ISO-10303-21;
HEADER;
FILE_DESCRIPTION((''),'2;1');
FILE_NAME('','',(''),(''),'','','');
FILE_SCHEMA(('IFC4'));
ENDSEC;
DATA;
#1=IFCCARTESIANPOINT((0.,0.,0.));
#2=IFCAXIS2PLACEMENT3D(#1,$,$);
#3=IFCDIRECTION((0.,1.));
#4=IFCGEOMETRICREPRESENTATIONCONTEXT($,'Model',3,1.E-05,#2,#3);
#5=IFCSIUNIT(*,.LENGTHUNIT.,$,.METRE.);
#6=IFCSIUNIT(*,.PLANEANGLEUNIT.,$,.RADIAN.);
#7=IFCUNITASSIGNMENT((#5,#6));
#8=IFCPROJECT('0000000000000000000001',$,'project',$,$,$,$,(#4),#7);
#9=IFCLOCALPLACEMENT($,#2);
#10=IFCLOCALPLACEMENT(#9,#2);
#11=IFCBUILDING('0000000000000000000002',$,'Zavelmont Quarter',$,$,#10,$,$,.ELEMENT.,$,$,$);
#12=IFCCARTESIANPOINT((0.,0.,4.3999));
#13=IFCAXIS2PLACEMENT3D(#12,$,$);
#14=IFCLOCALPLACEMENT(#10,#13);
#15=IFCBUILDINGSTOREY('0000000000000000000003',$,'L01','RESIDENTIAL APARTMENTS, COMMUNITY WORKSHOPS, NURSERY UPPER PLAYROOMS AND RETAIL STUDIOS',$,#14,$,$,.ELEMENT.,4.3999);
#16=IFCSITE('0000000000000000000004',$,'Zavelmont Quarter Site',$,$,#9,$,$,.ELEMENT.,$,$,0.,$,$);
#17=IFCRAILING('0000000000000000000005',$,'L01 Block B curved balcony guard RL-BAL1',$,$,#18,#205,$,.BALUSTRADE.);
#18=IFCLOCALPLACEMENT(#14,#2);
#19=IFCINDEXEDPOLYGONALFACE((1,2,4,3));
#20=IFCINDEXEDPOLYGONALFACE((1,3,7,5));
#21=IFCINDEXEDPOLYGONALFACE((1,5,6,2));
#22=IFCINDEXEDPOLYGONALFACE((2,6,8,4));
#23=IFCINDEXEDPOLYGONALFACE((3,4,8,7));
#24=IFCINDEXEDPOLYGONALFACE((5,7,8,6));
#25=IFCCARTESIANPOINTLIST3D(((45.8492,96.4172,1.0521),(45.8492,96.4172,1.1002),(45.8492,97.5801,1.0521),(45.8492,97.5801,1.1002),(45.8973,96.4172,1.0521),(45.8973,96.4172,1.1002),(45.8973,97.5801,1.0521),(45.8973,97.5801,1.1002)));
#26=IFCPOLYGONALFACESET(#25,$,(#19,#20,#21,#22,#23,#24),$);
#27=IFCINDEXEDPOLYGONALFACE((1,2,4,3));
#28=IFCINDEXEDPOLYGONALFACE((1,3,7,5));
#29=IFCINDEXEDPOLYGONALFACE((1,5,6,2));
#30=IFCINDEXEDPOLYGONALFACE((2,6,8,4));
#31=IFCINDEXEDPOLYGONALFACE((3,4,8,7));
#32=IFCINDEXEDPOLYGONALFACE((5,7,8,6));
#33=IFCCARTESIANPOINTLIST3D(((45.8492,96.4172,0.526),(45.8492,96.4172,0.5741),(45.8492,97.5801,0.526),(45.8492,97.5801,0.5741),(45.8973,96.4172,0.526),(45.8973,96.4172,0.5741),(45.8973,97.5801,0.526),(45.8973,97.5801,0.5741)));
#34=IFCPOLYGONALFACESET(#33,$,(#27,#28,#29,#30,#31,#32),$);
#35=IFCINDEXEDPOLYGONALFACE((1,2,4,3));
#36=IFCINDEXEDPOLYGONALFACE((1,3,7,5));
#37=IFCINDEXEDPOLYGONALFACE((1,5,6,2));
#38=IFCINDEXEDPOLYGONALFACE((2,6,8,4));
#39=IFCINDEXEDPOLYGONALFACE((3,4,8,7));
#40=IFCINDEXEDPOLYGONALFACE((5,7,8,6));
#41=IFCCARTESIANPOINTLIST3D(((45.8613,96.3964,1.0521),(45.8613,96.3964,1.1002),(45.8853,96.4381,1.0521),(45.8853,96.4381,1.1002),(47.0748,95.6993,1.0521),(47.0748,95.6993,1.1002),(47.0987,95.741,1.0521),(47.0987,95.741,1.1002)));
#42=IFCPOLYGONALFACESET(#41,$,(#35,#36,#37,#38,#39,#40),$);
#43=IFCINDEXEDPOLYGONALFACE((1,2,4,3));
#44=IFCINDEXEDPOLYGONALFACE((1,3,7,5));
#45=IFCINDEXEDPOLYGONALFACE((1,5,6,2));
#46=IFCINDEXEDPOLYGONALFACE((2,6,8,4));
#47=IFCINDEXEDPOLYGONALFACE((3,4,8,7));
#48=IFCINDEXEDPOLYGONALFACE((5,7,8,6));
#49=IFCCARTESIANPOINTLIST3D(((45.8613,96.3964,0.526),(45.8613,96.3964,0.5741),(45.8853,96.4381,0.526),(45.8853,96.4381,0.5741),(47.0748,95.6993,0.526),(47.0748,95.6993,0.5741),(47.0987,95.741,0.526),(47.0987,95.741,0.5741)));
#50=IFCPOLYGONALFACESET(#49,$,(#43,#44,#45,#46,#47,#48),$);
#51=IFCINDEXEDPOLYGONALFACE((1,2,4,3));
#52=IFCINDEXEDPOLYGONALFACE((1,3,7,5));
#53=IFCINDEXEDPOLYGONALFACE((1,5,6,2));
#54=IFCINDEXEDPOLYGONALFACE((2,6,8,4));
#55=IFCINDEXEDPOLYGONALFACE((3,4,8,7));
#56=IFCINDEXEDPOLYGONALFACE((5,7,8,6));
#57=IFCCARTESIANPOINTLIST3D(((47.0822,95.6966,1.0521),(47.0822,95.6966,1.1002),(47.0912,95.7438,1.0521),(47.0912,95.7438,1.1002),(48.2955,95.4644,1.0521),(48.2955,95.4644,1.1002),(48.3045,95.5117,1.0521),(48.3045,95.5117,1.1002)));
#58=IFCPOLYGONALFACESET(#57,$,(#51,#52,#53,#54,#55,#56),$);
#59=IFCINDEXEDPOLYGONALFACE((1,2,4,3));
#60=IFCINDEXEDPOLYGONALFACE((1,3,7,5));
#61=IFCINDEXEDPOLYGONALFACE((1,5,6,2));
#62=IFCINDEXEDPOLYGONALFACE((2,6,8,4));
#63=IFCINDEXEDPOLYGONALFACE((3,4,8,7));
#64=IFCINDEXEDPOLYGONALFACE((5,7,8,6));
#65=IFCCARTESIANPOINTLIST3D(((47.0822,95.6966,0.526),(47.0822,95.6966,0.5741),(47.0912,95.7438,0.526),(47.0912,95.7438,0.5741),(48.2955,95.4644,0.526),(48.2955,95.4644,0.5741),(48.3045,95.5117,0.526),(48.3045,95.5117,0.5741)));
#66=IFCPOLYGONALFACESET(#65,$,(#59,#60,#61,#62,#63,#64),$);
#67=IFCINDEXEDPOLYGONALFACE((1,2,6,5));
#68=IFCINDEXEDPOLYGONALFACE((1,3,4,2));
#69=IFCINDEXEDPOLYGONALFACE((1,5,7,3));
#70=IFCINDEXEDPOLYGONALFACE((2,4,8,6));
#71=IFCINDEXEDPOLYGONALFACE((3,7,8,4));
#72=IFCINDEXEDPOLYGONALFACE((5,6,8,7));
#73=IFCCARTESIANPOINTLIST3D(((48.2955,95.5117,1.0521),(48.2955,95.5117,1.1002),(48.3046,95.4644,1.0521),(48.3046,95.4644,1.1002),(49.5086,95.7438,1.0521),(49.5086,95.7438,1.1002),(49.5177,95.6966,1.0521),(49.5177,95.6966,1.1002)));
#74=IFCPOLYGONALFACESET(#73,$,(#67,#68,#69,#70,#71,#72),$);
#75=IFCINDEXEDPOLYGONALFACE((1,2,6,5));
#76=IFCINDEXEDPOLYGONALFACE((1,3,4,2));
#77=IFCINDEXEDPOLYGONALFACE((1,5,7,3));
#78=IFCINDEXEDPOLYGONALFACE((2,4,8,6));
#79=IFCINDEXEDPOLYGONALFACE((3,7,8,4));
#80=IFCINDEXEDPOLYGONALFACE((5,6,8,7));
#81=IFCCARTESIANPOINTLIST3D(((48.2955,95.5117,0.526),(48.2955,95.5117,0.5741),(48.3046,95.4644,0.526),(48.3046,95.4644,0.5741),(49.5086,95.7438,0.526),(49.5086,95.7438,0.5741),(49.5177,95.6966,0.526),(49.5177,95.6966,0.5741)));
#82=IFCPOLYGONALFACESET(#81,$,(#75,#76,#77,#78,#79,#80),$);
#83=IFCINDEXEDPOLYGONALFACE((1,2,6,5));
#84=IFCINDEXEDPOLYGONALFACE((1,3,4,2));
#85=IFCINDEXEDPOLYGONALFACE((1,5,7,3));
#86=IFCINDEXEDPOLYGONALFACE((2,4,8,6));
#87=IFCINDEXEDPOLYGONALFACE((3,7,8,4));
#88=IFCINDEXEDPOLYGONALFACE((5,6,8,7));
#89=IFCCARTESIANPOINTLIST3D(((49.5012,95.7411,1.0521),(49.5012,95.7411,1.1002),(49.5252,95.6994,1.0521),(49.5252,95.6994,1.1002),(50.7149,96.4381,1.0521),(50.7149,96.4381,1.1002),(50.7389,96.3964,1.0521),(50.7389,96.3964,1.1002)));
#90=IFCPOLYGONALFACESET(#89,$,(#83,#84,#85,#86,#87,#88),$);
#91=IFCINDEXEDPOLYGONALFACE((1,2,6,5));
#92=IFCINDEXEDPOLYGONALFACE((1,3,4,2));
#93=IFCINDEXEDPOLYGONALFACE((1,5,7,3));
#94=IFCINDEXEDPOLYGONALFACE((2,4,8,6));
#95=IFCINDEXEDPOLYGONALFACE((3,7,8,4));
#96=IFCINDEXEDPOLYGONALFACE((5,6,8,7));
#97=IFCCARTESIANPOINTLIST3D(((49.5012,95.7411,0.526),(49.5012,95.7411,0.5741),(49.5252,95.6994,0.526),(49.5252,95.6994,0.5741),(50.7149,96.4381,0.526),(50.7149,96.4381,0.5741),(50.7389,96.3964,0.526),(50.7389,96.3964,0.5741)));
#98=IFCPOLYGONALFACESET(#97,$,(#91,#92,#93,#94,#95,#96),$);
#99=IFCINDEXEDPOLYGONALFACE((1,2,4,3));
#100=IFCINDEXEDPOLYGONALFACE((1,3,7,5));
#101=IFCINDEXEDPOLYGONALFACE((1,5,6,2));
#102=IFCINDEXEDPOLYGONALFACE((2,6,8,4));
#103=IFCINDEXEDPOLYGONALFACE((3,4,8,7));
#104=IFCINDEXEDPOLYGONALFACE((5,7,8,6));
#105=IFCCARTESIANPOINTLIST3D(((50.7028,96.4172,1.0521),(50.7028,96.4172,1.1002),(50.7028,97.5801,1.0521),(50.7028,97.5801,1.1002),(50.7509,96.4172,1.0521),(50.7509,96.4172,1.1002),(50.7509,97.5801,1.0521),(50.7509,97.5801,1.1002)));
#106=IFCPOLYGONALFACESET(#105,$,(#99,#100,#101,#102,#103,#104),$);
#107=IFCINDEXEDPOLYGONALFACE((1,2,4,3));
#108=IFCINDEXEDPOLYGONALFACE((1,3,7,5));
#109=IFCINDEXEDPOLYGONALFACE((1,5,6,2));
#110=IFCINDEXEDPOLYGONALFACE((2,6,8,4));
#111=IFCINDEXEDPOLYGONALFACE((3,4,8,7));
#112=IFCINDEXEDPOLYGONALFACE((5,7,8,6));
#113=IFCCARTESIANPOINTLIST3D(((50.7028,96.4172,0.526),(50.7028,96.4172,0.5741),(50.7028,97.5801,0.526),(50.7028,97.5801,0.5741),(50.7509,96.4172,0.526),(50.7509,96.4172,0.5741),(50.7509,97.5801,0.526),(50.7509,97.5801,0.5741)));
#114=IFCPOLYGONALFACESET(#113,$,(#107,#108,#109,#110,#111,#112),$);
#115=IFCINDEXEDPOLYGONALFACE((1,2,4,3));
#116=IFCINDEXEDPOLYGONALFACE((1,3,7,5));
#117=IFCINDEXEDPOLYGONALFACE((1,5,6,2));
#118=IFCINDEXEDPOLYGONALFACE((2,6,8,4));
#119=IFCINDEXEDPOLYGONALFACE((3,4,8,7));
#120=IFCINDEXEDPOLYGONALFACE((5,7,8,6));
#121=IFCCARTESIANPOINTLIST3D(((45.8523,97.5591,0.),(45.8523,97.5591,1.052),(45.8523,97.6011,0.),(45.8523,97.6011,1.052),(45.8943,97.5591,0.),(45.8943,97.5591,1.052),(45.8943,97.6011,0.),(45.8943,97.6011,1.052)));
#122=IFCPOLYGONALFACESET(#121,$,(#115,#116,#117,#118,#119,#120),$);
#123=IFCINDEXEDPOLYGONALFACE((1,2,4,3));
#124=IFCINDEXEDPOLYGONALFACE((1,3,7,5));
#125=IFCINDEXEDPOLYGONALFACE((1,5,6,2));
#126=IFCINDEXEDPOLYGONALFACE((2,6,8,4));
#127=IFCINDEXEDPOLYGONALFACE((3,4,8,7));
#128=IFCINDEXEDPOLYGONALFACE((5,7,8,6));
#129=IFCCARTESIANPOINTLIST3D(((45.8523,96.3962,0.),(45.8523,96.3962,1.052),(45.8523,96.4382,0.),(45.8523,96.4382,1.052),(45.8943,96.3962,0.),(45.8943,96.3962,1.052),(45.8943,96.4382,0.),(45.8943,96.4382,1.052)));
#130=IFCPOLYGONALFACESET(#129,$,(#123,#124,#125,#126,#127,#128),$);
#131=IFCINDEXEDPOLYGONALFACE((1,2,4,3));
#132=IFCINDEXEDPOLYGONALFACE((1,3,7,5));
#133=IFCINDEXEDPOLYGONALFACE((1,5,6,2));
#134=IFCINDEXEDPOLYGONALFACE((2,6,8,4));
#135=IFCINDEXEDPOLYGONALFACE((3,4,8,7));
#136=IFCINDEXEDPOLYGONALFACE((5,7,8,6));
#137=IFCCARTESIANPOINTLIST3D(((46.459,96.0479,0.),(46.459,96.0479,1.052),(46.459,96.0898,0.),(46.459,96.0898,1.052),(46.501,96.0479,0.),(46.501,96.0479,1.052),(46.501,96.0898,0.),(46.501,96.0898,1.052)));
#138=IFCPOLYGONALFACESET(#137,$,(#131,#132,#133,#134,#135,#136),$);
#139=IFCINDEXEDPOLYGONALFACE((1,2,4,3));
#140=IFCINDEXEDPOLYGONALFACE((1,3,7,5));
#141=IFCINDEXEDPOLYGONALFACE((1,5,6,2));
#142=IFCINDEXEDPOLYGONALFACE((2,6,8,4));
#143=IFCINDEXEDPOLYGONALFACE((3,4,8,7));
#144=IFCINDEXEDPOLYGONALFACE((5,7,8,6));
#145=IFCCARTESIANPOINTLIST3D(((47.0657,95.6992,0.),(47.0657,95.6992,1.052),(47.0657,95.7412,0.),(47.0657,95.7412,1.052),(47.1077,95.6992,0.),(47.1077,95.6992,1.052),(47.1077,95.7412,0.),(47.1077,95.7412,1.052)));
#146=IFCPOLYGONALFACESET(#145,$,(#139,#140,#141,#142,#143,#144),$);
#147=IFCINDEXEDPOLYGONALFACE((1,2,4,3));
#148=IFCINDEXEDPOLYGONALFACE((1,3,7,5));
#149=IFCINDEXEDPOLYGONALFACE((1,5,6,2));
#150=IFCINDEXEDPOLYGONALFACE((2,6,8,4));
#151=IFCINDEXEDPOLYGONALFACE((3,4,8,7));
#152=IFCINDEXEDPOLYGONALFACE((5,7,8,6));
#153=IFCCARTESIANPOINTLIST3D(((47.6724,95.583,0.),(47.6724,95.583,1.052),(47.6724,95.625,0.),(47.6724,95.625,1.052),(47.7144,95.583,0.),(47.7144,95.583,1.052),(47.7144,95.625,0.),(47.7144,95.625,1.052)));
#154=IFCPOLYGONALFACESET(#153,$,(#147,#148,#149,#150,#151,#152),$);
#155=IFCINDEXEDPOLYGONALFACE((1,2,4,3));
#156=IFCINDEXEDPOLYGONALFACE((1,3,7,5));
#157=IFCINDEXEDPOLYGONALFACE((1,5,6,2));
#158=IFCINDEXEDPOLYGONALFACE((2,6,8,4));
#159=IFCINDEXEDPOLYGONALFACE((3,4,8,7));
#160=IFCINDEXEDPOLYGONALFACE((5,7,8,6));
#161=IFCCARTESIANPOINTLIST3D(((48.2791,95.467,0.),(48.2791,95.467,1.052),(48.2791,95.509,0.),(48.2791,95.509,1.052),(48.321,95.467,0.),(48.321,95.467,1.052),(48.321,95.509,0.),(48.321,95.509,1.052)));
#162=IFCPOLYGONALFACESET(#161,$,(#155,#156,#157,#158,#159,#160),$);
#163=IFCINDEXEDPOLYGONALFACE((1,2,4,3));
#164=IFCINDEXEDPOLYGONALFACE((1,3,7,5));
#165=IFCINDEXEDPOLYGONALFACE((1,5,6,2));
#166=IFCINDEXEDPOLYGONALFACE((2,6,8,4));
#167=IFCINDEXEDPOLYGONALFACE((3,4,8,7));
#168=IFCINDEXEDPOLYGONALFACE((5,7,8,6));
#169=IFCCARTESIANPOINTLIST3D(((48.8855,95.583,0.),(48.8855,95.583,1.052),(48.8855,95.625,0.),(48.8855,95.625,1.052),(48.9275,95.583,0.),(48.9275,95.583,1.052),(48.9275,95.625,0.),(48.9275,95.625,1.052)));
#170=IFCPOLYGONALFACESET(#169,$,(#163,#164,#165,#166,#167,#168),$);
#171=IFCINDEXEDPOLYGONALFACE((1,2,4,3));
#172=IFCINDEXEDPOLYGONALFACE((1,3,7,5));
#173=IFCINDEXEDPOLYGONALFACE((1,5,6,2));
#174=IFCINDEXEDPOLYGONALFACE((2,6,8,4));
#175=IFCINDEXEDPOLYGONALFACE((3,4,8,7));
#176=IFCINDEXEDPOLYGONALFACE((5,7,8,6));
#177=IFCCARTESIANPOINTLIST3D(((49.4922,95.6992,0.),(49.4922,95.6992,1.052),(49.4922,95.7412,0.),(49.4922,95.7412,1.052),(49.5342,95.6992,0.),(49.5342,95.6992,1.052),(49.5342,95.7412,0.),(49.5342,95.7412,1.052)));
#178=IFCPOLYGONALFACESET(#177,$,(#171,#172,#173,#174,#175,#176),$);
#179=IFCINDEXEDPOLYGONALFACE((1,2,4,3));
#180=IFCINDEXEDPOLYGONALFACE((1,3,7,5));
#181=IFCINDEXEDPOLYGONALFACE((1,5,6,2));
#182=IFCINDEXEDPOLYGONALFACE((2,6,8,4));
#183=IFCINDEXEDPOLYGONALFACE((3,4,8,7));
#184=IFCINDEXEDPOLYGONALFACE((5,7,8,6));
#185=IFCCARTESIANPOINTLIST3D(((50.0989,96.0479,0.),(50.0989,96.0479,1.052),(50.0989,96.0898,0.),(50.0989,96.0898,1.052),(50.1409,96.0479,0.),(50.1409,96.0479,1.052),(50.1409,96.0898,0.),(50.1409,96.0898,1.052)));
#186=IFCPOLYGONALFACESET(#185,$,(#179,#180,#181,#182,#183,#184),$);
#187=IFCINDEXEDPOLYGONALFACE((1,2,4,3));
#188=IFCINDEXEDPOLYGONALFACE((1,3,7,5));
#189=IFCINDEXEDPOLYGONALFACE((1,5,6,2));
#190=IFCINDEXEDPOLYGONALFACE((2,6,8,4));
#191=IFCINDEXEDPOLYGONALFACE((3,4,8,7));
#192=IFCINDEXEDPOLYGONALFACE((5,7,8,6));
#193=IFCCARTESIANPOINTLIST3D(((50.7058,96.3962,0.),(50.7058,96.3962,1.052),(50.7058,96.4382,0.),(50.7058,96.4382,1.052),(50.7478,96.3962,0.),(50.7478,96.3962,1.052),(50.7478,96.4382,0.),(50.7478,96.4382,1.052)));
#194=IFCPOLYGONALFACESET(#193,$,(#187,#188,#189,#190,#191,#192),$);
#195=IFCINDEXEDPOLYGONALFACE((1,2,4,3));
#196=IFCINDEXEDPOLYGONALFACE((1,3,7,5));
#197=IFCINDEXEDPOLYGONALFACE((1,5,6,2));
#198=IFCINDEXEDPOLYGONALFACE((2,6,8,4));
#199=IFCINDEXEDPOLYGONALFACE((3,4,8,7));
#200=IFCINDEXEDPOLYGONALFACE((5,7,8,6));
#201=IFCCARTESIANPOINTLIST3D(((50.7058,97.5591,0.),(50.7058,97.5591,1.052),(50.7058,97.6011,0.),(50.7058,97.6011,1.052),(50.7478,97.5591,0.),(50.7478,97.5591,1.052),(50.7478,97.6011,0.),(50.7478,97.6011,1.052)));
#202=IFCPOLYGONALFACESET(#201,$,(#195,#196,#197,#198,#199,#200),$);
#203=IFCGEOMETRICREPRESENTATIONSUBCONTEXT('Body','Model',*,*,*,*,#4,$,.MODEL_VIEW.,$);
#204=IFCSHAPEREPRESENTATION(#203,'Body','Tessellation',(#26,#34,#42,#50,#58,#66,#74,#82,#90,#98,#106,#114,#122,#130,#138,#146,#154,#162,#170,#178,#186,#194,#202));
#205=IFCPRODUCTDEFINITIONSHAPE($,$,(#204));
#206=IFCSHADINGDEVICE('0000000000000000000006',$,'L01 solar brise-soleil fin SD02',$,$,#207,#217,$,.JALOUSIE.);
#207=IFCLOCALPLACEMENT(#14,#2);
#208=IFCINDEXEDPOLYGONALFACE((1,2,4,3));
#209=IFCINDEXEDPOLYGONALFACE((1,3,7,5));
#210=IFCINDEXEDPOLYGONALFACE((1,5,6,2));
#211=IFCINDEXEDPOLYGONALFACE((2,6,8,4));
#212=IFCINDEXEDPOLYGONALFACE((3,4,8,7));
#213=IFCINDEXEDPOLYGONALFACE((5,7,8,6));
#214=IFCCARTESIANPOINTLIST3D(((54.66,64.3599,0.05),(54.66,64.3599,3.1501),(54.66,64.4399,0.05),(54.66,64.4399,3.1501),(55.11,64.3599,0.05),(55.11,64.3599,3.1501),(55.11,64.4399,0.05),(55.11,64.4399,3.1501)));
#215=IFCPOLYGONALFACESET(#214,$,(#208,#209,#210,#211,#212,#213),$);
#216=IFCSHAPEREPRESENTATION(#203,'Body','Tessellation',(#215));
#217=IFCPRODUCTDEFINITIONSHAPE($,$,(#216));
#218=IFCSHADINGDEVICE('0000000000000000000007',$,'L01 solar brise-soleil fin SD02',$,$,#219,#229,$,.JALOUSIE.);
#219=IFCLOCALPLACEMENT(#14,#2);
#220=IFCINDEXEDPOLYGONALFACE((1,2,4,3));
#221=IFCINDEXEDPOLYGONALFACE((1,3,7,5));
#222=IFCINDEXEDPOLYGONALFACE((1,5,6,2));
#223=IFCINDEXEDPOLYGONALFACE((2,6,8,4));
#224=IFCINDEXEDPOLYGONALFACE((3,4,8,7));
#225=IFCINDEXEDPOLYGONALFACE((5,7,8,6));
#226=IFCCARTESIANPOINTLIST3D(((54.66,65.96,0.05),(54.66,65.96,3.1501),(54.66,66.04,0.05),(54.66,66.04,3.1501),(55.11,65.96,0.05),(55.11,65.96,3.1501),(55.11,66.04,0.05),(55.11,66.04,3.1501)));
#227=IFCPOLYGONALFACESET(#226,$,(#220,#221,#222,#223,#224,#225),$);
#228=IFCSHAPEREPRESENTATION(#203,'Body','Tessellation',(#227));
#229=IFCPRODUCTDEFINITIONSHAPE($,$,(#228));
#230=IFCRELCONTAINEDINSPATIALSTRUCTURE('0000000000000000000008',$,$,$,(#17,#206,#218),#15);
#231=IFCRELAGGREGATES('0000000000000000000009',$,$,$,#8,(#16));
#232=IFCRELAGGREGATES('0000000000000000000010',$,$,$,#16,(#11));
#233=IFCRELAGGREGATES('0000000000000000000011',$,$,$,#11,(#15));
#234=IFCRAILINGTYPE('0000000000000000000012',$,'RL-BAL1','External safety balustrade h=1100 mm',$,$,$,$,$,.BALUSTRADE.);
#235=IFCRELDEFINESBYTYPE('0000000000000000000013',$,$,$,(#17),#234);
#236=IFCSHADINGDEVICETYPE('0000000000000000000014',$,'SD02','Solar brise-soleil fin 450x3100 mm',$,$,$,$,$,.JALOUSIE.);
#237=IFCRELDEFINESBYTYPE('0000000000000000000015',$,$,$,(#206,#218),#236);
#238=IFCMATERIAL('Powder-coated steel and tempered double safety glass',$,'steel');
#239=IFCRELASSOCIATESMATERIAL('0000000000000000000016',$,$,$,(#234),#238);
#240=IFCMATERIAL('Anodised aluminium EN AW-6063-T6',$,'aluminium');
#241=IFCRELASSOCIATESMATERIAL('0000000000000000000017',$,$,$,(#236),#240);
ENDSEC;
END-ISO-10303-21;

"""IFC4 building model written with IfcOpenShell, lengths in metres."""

from ifc_helpers import new_model, si_unit, direction, frame, origin, origin_2d, place, context, subcontext, project, spatial, rectangle, extrude, material, type_object, element, save


model = new_model("IFC4")

# Units and contexts
model_context = context("Model", 3, precision=1e-05, world=origin(), true_north=direction((0.0, 1.0)))
body_context = subcontext(model_context, "Body", "Model", "MODEL_VIEW")
ifc_project = project(units=[si_unit("LENGTHUNIT", "METRE"), si_unit("PLANEANGLEUNIT", "RADIAN")], contexts=[model_context])

# Site, building, storey
site_placement = place(None, origin())
site = spatial("IfcSite", under=ifc_project, at=site_placement, Name="Zavelmont Quarter Site", CompositionType="ELEMENT", RefElevation=0.0)
building_placement = place(site_placement, origin())
building = spatial("IfcBuilding", under=site, at=building_placement, Name="Zavelmont Quarter", CompositionType="ELEMENT")
storey_placement = place(building_placement, frame((0.0, 0.0, 4.3999)))
storey = spatial("IfcBuildingStorey", under=building, at=storey_placement, Name="L01", Description="RESIDENTIAL APARTMENTS, COMMUNITY WORKSHOPS, NURSERY UPPER PLAYROOMS AND RETAIL STUDIOS", CompositionType="ELEMENT", Elevation=4.3999)

# Railing
ifc_material_1 = material(Name="Powder-coated steel and tempered double safety glass", Category="steel")
railing_type = type_object("IfcRailingType", Name="RL-BAL1", Description="External safety balustrade h=1100 mm", PredefinedType="BALUSTRADE", material=ifc_material_1)
railing_placement = place(storey_placement, frame((45.8733, 97.5801, 0.0)))
element("IfcRailing", 1, at=railing_placement, inside=storey, type_object=railing_type, Name="L01 Block B curved balcony guard RL-BAL1", PredefinedType="BALUSTRADE", context=body_context, shape_type="SweptSolid", body=[
    extrude(rectangle(XDim=0.0481, YDim=0.0481, at=origin_2d()), frame((0.0, 0.0, 1.0762), z_axis=(0.0, -1.0, 0.0), x_axis=(1.0, 0.0, 0.0)), (0.0, 0.0, 1.0), 1.1628),
    extrude(rectangle(XDim=0.0481, YDim=0.0481, at=origin_2d()), frame((0.0, 0.0, 0.55), z_axis=(0.0, -1.0, 0.0), x_axis=(1.0, 0.0, 0.0)), (0.0, 0.0, 1.0), 1.1628),
    extrude(rectangle(XDim=0.0481, YDim=0.0481, at=origin_2d()), frame((0.0, -1.1628, 1.0762), z_axis=(0.867114, -0.498111, 0.0), x_axis=(0.498111, 0.867114, 0.0)), (0.0, 0.0, 1.0), 1.3994),
    extrude(rectangle(XDim=0.0481, YDim=0.0481, at=origin_2d()), frame((0.0, -1.1628, 0.55), z_axis=(0.867114, -0.498111, 0.0), x_axis=(0.498111, 0.867114, 0.0)), (0.0, 0.0, 1.0), 1.3994),
    extrude(rectangle(XDim=0.0481, YDim=0.0481, at=origin_2d()), frame((1.2134, -1.8599, 1.0762), z_axis=(0.982181, -0.187938, 0.0), x_axis=(0.187938, 0.982181, 0.0)), (0.0, 0.0, 1.0), 1.2354),
    extrude(rectangle(XDim=0.0481, YDim=0.0481, at=origin_2d()), frame((1.2134, -1.8599, 0.55), z_axis=(0.982181, -0.187938, 0.0), x_axis=(0.187938, 0.982181, 0.0)), (0.0, 0.0, 1.0), 1.2354),
    extrude(rectangle(XDim=0.0481, YDim=0.0481, at=origin_2d()), frame((2.4268, -2.092, 1.0762), z_axis=(0.982174, 0.187975, 0.0), x_axis=(-0.187975, 0.982174, 0.0)), (0.0, 0.0, 1.0), 1.2351),
    extrude(rectangle(XDim=0.0481, YDim=0.0481, at=origin_2d()), frame((2.4268, -2.092, 0.55), z_axis=(0.982174, 0.187975, 0.0), x_axis=(-0.187975, 0.982174, 0.0)), (0.0, 0.0, 1.0), 1.2351),
    extrude(rectangle(XDim=0.0481, YDim=0.0481, at=origin_2d()), frame((3.6399, -1.8599, 1.0762), z_axis=(0.867157, 0.498035, 0.0), x_axis=(-0.498035, 0.867157, 0.0)), (0.0, 0.0, 1.0), 1.3997),
    extrude(rectangle(XDim=0.0481, YDim=0.0481, at=origin_2d()), frame((3.6399, -1.8599, 0.55), z_axis=(0.867157, 0.498035, 0.0), x_axis=(-0.498035, 0.867157, 0.0)), (0.0, 0.0, 1.0), 1.3997),
    extrude(rectangle(XDim=0.0481, YDim=0.0481, at=origin_2d()), frame((4.8535, -1.1628, 1.0762), z_axis=(0.0, 1.0, 0.0), x_axis=(-1.0, 0.0, 0.0)), (0.0, 0.0, 1.0), 1.1628),
    extrude(rectangle(XDim=0.0481, YDim=0.0481, at=origin_2d()), frame((4.8535, -1.1628, 0.55), z_axis=(0.0, 1.0, 0.0), x_axis=(-1.0, 0.0, 0.0)), (0.0, 0.0, 1.0), 1.1628),
    extrude(rectangle(XDim=0.042, YDim=0.042, at=origin_2d()), origin(), (0.0, 0.0, 1.0), 1.052),
    extrude(rectangle(XDim=0.042, YDim=0.042, at=origin_2d()), frame((0.0, -1.1628, 0.0)), (0.0, 0.0, 1.0), 1.052),
    extrude(rectangle(XDim=0.042, YDim=0.042, at=origin_2d()), frame((0.6067, -1.5112, 0.0)), (0.0, 0.0, 1.0), 1.052),
    extrude(rectangle(XDim=0.042, YDim=0.042, at=origin_2d()), frame((1.2134, -1.8599, 0.0)), (0.0, 0.0, 1.0), 1.052),
    extrude(rectangle(XDim=0.042, YDim=0.042, at=origin_2d()), frame((1.8201, -1.9761, 0.0)), (0.0, 0.0, 1.0), 1.052),
    extrude(rectangle(XDim=0.042, YDim=0.042, at=origin_2d()), frame((2.4268, -2.092, 0.0)), (0.0, 0.0, 1.0), 1.052),
    extrude(rectangle(XDim=0.042, YDim=0.042, at=origin_2d()), frame((3.0332, -1.9761, 0.0)), (0.0, 0.0, 1.0), 1.052),
    extrude(rectangle(XDim=0.042, YDim=0.042, at=origin_2d()), frame((3.6399, -1.8599, 0.0)), (0.0, 0.0, 1.0), 1.052),
    extrude(rectangle(XDim=0.042, YDim=0.042, at=origin_2d()), frame((4.2466, -1.5112, 0.0)), (0.0, 0.0, 1.0), 1.052),
    extrude(rectangle(XDim=0.042, YDim=0.042, at=origin_2d()), frame((4.8535, -1.1628, 0.0)), (0.0, 0.0, 1.0), 1.052),
    extrude(rectangle(XDim=0.042, YDim=0.042, at=origin_2d()), frame((4.8535, 0.0, 0.0)), (0.0, 0.0, 1.0), 1.052),
])

# Shading devices
ifc_material_2 = material(Name="Anodised aluminium EN AW-6063-T6", Category="aluminium")
shading_device_type_1 = type_object("IfcShadingDeviceType", Name="SD02", Description="Solar brise-soleil fin 450x3100 mm", PredefinedType="JALOUSIE", material=ifc_material_2)
for number, where, z_axis, x_axis, name in (
    (2, (54.885, 64.3999, 0.05), (0.0, 0.0, 1.0), (0.0, 1.0, 0.0), "L01 solar brise-soleil fin SD02"),
    (3, (54.885, 66.0, 0.05), (0.0, 0.0, 1.0), (0.0, 1.0, 0.0), "L01 solar brise-soleil fin SD02"),
):
    element("IfcShadingDevice", number, at=place(storey_placement, frame(where, z_axis=z_axis, x_axis=x_axis)), inside=storey, type_object=shading_device_type_1, Name=name, PredefinedType="JALOUSIE", context=body_context, shape_type="SweptSolid", body=[
        extrude(rectangle(XDim=0.0801, YDim=0.45, at=origin_2d()), origin(), (0.0, 0.0, 1.0), 3.1001),
    ])

save(model, "model.ifc")
